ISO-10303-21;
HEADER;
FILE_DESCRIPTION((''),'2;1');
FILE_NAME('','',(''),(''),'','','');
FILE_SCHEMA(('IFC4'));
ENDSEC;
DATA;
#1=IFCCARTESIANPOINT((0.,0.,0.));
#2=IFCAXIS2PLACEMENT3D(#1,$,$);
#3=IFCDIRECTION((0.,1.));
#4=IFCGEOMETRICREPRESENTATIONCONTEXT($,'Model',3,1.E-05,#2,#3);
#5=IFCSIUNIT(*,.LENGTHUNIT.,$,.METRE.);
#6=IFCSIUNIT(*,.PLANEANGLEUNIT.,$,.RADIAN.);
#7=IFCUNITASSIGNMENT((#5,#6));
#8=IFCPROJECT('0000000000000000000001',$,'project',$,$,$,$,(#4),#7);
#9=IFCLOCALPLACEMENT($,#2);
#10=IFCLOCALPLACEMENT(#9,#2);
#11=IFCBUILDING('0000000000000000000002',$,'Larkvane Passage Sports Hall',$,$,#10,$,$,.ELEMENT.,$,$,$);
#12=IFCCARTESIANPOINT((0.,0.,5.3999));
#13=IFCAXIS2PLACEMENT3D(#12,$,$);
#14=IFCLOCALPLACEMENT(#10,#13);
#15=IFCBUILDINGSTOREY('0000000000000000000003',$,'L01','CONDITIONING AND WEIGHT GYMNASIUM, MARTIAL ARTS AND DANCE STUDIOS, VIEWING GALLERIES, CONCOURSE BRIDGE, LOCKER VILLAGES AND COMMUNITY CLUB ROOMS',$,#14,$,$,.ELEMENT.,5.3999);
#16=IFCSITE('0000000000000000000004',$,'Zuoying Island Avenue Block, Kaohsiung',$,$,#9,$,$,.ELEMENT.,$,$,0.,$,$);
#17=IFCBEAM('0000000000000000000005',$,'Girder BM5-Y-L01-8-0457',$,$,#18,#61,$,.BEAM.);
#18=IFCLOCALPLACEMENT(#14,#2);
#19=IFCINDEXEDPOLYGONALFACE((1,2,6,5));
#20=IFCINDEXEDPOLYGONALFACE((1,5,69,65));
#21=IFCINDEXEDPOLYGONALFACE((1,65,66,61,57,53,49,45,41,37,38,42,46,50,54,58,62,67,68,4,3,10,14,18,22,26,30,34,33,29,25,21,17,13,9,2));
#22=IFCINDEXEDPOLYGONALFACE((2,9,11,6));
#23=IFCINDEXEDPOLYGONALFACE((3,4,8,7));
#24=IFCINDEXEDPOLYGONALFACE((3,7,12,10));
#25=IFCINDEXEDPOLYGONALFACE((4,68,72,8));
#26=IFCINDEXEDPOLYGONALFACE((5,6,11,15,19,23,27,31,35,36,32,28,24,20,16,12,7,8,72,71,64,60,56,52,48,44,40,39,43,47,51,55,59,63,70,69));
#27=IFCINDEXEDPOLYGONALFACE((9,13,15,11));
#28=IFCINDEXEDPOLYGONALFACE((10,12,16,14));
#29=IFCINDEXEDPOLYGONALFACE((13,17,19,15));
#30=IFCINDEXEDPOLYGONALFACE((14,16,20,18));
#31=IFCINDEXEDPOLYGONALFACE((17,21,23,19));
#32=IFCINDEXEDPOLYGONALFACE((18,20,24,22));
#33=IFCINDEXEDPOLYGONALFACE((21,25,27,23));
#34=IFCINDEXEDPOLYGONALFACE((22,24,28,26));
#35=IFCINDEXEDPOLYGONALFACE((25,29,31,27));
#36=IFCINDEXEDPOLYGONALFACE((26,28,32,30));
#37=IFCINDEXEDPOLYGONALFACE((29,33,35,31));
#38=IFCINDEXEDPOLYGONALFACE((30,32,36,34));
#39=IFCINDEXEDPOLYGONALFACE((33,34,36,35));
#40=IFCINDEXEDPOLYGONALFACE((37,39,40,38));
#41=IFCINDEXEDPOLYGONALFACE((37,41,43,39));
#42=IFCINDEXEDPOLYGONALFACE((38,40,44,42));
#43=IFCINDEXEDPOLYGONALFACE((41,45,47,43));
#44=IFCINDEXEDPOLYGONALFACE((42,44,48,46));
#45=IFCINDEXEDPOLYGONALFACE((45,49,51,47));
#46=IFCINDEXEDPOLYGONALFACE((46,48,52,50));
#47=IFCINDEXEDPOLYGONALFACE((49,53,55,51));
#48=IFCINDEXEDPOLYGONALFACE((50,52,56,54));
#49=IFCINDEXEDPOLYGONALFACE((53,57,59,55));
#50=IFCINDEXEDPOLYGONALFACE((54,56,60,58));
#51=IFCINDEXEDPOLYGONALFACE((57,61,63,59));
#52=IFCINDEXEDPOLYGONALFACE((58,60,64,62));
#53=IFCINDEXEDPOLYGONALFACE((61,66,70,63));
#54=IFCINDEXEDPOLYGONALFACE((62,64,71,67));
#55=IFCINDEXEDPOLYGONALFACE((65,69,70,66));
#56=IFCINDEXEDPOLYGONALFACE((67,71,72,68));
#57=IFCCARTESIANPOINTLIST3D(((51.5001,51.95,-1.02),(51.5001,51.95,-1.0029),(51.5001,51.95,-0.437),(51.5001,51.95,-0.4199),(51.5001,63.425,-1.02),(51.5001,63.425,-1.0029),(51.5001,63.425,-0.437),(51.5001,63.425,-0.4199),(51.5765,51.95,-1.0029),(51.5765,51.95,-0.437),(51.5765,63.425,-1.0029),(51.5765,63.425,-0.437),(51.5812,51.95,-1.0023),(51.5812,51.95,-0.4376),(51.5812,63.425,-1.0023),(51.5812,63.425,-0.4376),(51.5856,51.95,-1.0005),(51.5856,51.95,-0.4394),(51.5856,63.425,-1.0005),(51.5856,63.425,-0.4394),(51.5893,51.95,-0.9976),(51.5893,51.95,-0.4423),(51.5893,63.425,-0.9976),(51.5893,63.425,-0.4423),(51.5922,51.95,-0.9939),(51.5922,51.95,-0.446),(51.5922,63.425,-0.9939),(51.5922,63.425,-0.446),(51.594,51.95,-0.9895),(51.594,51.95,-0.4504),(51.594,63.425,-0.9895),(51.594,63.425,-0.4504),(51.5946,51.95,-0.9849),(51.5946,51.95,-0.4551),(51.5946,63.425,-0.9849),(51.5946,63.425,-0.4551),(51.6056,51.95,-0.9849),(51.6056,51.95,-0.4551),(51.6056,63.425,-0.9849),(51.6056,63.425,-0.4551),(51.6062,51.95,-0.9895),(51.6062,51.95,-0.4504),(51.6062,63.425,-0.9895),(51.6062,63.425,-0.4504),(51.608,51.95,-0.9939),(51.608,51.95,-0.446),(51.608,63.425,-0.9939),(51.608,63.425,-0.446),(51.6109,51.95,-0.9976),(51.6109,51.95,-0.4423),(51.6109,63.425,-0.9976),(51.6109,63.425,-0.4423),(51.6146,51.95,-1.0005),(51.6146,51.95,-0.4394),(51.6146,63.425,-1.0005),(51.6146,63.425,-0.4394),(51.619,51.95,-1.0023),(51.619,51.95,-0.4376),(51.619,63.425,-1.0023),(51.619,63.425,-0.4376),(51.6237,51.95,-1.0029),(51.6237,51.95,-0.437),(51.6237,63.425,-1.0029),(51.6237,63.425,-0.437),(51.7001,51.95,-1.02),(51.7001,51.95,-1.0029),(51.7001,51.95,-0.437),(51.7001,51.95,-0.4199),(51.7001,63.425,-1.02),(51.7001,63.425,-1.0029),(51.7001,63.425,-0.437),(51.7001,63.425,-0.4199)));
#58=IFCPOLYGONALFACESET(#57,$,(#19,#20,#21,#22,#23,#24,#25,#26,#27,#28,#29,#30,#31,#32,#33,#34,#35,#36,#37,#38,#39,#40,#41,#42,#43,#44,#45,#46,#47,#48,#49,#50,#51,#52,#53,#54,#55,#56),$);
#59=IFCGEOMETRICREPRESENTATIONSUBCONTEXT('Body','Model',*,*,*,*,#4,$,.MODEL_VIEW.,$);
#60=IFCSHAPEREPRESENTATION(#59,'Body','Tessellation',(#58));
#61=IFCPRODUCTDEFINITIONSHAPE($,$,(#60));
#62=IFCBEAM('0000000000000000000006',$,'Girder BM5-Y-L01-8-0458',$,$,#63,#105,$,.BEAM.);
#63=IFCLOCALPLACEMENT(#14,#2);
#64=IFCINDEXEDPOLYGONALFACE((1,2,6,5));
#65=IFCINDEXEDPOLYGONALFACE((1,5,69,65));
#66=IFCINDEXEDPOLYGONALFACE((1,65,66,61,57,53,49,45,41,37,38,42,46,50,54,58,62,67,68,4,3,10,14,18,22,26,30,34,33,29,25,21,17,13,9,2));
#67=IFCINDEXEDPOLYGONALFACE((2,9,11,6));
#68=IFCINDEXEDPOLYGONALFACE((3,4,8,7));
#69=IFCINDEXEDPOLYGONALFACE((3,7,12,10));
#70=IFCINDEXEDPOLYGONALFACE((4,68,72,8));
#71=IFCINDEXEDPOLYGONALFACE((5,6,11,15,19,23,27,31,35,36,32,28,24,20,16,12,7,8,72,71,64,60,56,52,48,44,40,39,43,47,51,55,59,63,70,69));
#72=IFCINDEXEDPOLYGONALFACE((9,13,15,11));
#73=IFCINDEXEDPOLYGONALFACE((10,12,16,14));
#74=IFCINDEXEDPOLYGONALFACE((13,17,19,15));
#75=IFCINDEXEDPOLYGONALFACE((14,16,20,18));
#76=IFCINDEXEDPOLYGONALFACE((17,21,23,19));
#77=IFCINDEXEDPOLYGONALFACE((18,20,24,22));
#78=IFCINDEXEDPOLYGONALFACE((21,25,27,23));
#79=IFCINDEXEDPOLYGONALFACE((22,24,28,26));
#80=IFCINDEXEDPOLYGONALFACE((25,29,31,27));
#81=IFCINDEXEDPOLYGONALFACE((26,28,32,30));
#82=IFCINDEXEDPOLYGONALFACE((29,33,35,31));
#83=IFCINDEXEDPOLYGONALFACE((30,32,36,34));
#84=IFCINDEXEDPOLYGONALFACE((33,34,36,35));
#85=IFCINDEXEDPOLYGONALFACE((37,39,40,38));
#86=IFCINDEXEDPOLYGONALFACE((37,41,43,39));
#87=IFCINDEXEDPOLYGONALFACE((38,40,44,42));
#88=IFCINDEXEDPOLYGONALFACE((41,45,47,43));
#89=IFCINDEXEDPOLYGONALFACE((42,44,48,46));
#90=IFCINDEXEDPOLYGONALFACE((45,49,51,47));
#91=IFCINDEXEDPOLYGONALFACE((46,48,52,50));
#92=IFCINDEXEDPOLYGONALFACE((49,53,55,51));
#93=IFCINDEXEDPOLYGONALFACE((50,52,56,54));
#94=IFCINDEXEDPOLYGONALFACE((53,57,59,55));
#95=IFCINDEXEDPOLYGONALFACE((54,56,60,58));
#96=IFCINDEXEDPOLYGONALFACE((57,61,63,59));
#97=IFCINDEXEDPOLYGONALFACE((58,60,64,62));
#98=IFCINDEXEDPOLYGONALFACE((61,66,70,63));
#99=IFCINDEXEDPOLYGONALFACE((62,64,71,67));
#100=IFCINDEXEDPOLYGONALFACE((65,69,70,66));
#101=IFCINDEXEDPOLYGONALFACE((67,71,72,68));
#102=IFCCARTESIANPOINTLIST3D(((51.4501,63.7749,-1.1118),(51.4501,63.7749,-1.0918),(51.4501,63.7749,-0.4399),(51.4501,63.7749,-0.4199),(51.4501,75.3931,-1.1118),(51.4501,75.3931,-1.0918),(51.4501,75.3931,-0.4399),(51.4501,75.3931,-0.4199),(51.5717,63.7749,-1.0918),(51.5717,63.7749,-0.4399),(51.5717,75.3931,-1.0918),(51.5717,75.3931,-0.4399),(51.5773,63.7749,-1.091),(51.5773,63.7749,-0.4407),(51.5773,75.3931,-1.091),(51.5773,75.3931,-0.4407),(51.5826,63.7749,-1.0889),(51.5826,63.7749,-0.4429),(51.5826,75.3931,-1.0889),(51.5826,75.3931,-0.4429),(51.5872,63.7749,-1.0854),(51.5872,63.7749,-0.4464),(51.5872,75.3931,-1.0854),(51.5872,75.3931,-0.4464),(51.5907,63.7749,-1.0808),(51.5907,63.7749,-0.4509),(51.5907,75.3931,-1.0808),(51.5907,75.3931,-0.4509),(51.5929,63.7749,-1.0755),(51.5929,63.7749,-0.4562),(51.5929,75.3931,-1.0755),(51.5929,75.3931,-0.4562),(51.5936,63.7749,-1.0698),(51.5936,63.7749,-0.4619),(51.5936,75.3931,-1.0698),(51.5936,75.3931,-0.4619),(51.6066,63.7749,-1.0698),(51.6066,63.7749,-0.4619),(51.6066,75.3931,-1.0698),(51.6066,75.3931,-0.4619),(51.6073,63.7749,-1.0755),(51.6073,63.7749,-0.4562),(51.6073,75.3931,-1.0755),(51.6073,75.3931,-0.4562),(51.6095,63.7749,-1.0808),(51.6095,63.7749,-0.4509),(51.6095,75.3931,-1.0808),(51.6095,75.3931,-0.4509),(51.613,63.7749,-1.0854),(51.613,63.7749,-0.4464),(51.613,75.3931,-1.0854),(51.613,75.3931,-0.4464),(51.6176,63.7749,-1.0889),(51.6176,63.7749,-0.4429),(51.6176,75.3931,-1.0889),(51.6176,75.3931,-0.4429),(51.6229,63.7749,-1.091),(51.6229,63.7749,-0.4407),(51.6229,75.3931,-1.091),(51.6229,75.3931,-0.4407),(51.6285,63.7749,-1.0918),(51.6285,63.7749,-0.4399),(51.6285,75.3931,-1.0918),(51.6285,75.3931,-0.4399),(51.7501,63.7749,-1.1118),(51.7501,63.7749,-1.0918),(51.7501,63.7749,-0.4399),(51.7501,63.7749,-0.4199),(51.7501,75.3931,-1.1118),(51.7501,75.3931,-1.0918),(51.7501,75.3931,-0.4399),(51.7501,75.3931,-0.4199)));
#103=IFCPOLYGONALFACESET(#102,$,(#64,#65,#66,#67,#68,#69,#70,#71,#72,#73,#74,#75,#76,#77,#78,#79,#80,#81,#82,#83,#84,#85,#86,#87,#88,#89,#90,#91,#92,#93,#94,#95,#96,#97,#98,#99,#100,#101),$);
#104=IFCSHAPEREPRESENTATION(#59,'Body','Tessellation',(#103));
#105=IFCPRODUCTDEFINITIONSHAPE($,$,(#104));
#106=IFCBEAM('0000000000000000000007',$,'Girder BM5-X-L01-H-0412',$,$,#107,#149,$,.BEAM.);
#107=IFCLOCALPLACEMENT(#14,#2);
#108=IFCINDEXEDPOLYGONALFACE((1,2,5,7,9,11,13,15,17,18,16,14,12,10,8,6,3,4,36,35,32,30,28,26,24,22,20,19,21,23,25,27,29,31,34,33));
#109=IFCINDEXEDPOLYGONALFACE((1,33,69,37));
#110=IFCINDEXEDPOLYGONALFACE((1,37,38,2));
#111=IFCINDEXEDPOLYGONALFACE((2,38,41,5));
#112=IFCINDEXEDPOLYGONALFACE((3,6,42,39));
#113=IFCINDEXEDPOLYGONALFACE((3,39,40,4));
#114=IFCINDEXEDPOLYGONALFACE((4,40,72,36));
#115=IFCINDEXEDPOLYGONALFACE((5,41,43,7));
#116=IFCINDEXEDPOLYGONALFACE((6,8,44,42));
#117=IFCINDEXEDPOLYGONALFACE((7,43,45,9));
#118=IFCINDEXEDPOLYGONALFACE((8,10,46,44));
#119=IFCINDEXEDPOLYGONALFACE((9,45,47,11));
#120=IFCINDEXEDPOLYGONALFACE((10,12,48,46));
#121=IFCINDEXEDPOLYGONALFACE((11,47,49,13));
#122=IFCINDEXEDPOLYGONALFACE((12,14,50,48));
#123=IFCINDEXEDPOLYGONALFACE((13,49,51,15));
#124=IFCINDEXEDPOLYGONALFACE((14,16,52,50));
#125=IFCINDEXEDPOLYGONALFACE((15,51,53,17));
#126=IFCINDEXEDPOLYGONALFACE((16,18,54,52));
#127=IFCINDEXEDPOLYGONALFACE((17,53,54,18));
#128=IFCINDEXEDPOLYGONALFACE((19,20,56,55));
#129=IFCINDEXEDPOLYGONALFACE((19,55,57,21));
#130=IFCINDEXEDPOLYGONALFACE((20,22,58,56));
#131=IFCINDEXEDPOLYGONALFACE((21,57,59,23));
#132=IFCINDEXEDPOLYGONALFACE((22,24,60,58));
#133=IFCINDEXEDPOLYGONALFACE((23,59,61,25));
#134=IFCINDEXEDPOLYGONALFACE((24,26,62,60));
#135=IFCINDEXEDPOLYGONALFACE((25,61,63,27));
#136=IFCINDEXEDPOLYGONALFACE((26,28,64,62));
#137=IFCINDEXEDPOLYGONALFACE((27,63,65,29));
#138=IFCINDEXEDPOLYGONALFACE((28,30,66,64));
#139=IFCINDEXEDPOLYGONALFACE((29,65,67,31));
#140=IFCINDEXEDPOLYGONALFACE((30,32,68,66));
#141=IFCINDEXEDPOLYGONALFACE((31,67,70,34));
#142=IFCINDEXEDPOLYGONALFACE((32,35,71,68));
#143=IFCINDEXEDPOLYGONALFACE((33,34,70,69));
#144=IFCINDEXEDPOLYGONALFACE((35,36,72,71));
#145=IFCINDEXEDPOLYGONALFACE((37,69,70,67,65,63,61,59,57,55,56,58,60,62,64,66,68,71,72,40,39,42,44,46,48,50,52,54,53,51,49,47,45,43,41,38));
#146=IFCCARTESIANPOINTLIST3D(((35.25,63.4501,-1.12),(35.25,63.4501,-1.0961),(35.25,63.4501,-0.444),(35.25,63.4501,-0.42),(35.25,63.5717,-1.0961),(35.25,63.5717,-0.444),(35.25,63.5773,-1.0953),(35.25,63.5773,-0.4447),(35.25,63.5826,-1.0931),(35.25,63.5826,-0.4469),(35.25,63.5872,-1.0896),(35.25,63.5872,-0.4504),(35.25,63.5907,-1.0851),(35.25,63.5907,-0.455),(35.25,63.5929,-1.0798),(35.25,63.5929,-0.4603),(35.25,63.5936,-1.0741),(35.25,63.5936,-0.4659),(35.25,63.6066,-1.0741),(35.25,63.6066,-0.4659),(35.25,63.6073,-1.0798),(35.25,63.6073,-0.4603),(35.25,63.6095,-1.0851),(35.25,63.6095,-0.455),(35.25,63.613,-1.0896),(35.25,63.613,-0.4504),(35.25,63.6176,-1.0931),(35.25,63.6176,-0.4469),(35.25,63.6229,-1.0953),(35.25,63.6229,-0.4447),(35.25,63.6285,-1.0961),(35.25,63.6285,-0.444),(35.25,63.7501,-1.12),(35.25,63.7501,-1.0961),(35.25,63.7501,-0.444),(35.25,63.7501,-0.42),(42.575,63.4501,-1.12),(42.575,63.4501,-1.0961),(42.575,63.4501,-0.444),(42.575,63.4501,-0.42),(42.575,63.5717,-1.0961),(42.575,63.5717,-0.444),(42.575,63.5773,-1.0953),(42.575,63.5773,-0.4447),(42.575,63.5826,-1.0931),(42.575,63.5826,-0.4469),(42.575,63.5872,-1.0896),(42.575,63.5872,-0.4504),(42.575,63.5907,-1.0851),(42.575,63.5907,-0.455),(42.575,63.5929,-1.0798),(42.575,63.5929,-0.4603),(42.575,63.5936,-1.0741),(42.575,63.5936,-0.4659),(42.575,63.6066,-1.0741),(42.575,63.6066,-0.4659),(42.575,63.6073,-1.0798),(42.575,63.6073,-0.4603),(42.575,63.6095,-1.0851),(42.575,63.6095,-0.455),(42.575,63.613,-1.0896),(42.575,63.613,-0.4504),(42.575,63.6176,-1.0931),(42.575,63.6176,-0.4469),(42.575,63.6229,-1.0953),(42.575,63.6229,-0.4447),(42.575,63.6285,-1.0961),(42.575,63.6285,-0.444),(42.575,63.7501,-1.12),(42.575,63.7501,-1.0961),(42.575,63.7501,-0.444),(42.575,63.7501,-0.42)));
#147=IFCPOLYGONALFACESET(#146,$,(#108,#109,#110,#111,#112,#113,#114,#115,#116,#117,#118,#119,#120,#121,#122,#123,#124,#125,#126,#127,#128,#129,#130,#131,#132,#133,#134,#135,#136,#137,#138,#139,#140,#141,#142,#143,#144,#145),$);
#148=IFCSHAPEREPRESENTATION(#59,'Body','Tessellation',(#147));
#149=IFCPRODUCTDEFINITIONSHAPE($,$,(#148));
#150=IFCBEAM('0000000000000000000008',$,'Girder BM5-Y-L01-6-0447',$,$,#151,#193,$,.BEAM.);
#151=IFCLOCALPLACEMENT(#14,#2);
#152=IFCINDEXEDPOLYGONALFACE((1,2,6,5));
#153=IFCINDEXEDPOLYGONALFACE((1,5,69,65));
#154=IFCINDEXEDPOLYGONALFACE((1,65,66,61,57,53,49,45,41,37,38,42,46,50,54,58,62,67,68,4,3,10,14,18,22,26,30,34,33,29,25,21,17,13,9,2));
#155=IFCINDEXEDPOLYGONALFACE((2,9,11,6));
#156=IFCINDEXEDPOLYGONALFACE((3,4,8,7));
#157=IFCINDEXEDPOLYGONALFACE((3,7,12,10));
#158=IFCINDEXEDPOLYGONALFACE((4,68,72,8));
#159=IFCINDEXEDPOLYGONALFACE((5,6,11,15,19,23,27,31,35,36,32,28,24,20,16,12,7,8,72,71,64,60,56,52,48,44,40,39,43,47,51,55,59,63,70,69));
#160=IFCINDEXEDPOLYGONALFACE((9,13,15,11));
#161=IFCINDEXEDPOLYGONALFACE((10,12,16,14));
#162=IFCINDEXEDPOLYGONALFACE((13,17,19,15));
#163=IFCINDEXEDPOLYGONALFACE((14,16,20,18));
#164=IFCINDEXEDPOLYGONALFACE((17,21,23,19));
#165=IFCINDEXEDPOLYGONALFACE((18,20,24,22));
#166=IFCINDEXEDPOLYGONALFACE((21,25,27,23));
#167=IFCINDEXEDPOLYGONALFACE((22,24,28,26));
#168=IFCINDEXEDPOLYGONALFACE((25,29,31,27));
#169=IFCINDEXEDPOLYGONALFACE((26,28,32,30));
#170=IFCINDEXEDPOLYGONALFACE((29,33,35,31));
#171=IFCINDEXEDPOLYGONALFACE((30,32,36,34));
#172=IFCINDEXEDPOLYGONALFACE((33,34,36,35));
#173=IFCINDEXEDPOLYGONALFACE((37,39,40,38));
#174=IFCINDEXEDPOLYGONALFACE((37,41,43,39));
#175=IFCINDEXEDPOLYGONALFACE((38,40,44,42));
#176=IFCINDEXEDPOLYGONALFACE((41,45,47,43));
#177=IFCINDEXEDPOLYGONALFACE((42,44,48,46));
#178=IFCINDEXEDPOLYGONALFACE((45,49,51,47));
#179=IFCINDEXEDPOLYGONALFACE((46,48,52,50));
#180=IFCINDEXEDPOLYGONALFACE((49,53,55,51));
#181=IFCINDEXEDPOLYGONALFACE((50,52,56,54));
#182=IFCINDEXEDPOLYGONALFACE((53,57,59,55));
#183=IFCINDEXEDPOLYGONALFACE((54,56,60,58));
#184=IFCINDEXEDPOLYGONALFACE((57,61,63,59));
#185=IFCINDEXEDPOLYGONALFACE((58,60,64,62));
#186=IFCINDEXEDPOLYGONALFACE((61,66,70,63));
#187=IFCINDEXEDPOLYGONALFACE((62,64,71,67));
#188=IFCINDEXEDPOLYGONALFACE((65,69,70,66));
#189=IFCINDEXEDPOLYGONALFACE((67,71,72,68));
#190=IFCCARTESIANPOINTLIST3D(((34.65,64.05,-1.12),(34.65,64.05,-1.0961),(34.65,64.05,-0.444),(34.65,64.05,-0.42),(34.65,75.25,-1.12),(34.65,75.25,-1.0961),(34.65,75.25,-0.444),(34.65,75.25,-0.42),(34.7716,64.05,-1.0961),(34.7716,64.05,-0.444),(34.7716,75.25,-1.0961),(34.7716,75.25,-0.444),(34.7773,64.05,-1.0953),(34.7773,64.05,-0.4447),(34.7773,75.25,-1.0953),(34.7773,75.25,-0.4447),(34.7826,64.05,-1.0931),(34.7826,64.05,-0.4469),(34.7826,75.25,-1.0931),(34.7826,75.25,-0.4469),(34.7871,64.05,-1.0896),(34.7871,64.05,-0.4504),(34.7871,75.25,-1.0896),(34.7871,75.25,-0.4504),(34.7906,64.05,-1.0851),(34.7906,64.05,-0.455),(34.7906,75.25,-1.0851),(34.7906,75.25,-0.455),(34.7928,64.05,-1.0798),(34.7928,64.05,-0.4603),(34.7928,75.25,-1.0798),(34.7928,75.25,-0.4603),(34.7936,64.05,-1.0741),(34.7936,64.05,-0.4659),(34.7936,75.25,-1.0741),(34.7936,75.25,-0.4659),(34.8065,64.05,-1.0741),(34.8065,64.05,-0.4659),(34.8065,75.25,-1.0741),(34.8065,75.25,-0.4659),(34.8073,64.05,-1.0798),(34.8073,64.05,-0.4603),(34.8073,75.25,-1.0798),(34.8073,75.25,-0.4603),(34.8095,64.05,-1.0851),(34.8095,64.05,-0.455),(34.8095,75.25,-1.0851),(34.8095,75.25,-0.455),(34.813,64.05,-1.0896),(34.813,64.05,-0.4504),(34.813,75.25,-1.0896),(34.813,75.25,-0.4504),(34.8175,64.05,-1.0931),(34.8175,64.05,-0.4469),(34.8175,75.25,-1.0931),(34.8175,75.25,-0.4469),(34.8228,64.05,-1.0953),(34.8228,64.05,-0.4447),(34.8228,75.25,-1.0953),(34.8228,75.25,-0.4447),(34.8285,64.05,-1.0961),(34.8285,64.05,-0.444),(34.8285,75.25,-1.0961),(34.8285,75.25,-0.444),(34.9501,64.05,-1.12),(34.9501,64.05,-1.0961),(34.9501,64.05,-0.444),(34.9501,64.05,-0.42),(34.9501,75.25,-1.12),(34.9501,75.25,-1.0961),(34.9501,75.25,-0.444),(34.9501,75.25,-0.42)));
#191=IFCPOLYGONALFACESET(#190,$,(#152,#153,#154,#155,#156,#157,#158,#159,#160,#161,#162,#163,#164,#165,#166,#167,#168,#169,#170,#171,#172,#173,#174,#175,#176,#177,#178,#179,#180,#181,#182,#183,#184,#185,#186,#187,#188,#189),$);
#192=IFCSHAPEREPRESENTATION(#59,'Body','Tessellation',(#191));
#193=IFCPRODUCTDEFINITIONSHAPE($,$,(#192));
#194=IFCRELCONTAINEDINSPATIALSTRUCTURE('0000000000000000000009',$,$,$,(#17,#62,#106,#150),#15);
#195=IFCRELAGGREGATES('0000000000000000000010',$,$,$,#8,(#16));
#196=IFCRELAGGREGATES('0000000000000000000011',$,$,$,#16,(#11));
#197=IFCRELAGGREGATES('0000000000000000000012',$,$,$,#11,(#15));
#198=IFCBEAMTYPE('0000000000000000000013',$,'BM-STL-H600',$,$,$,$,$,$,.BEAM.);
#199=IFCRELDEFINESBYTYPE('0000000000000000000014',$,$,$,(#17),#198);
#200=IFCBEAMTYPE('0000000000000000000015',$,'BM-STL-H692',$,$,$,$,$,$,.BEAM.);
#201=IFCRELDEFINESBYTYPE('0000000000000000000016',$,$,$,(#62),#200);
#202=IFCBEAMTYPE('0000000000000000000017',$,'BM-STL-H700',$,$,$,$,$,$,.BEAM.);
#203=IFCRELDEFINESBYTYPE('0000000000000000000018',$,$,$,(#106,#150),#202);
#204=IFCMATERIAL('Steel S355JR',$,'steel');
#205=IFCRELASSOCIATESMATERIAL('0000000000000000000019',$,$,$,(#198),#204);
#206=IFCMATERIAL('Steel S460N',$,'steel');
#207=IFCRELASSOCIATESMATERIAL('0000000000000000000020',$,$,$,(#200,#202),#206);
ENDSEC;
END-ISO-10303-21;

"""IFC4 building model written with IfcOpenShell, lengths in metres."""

from ifc_helpers import new_model, si_unit, direction, frame, origin, origin_2d, place, context, subcontext, project, spatial, i_section, extrude, material, material_profile, profile_set, type_object, element, save


model = new_model("IFC4")

# Units and contexts
model_context = context("Model", 3, precision=1e-05, world=origin(), true_north=direction((0.0, 1.0)))
body_context = subcontext(model_context, "Body", "Model", "MODEL_VIEW")
ifc_project = project(units=[si_unit("LENGTHUNIT", "METRE"), si_unit("PLANEANGLEUNIT", "RADIAN")], contexts=[model_context])

# Site, building, storey
site_placement = place(None, origin())
site = spatial("IfcSite", under=ifc_project, at=site_placement, Name="Zuoying Island Avenue Block, Kaohsiung", CompositionType="ELEMENT", RefElevation=0.0)
building_placement = place(site_placement, origin())
building = spatial("IfcBuilding", under=site, at=building_placement, Name="Larkvane Passage Sports Hall", CompositionType="ELEMENT")
storey_placement = place(building_placement, frame((0.0, 0.0, 5.3999)))
storey = spatial("IfcBuildingStorey", under=building, at=storey_placement, Name="L01", Description="CONDITIONING AND WEIGHT GYMNASIUM, MARTIAL ARTS AND DANCE STUDIOS, VIEWING GALLERIES, CONCOURSE BRIDGE, LOCKER VILLAGES AND COMMUNITY CLUB ROOMS", CompositionType="ELEMENT", Elevation=5.3999)

# Shared definitions
ifc_material_1 = material(Name="Steel S355JR", Category="steel")
ifc_material_2 = material(Name="Steel S460N", Category="steel")

# Beams
ifc_material_profile_1 = material_profile(ifc_material_1, i_section(OverallWidth=0.2, OverallDepth=0.6001, WebThickness=0.011, FlangeThickness=0.0171, FilletRadius=0.0181, at=origin_2d()), Name="H-600x200x11x17")
ifc_profile_set_1 = profile_set([ifc_material_profile_1], Name="Steel S355JR")
beam_type_1 = type_object("IfcBeamType", Name="BM-STL-H600", PredefinedType="BEAM", material=ifc_profile_set_1)
beam_1_placement = place(storey_placement, frame((51.6001, 51.95, -0.72), z_axis=(0.0, 1.0, 0.0), x_axis=(-1.0, 0.0, 0.0)))
element("IfcBeam", 1, at=beam_1_placement, inside=storey, type_object=beam_type_1, Name="Girder BM5-Y-L01-8-0457", PredefinedType="BEAM", context=body_context, shape_type="SweptSolid", body=[
    extrude(i_section(OverallWidth=0.2, OverallDepth=0.6001, WebThickness=0.011, FlangeThickness=0.0171, FilletRadius=0.0181, at=origin_2d()), origin(), (0.0, 0.0, 1.0), 11.4751),
])
ifc_material_profile_2 = material_profile(ifc_material_2, i_section(OverallWidth=0.3, OverallDepth=0.6919, WebThickness=0.0129, FlangeThickness=0.02, FilletRadius=0.022, at=origin_2d()), Name="H-692x300x13x20")
ifc_profile_set_2 = profile_set([ifc_material_profile_2], Name="Steel S460N")
beam_type_2 = type_object("IfcBeamType", Name="BM-STL-H692", PredefinedType="BEAM", material=ifc_profile_set_2)
beam_2_placement = place(storey_placement, frame((51.6001, 63.7749, -0.7659), z_axis=(0.0, 1.0, 0.0), x_axis=(-1.0, 0.0, 0.0)))
element("IfcBeam", 2, at=beam_2_placement, inside=storey, type_object=beam_type_2, Name="Girder BM5-Y-L01-8-0458", PredefinedType="BEAM", context=body_context, shape_type="SweptSolid", body=[
    extrude(i_section(OverallWidth=0.3, OverallDepth=0.6919, WebThickness=0.0129, FlangeThickness=0.02, FilletRadius=0.022, at=origin_2d()), origin(), (0.0, 0.0, 1.0), 11.6182),
])
ifc_material_profile_3 = material_profile(ifc_material_2, i_section(OverallWidth=0.3, OverallDepth=0.7, WebThickness=0.0129, FlangeThickness=0.0239, FilletRadius=0.022, at=origin_2d()), Name="H-700x300x13x24")
ifc_profile_set_3 = profile_set([ifc_material_profile_3], Name="Steel S460N")
beam_type_3 = type_object("IfcBeamType", Name="BM-STL-H700", PredefinedType="BEAM", material=ifc_profile_set_3)
beam_3_placement = place(storey_placement, frame((35.25, 63.6001, -0.77), z_axis=(1.0, 0.0, 0.0), x_axis=(0.0, 1.0, 0.0)))
element("IfcBeam", 3, at=beam_3_placement, inside=storey, type_object=beam_type_3, Name="Girder BM5-X-L01-H-0412", PredefinedType="BEAM", context=body_context, shape_type="SweptSolid", body=[
    extrude(i_section(OverallWidth=0.3, OverallDepth=0.7, WebThickness=0.0129, FlangeThickness=0.0239, FilletRadius=0.022, at=origin_2d()), origin(), (0.0, 0.0, 1.0), 7.325),
])
beam_4_placement = place(storey_placement, frame((34.8, 64.05, -0.77), z_axis=(0.0, 1.0, 0.0), x_axis=(-1.0, 0.0, 0.0)))
element("IfcBeam", 4, at=beam_4_placement, inside=storey, type_object=beam_type_3, Name="Girder BM5-Y-L01-6-0447", PredefinedType="BEAM", context=body_context, shape_type="SweptSolid", body=[
    extrude(i_section(OverallWidth=0.3, OverallDepth=0.7, WebThickness=0.0129, FlangeThickness=0.0239, FilletRadius=0.022, at=origin_2d()), origin(), (0.0, 0.0, 1.0), 11.2),
])

save(model, "model.ifc")
